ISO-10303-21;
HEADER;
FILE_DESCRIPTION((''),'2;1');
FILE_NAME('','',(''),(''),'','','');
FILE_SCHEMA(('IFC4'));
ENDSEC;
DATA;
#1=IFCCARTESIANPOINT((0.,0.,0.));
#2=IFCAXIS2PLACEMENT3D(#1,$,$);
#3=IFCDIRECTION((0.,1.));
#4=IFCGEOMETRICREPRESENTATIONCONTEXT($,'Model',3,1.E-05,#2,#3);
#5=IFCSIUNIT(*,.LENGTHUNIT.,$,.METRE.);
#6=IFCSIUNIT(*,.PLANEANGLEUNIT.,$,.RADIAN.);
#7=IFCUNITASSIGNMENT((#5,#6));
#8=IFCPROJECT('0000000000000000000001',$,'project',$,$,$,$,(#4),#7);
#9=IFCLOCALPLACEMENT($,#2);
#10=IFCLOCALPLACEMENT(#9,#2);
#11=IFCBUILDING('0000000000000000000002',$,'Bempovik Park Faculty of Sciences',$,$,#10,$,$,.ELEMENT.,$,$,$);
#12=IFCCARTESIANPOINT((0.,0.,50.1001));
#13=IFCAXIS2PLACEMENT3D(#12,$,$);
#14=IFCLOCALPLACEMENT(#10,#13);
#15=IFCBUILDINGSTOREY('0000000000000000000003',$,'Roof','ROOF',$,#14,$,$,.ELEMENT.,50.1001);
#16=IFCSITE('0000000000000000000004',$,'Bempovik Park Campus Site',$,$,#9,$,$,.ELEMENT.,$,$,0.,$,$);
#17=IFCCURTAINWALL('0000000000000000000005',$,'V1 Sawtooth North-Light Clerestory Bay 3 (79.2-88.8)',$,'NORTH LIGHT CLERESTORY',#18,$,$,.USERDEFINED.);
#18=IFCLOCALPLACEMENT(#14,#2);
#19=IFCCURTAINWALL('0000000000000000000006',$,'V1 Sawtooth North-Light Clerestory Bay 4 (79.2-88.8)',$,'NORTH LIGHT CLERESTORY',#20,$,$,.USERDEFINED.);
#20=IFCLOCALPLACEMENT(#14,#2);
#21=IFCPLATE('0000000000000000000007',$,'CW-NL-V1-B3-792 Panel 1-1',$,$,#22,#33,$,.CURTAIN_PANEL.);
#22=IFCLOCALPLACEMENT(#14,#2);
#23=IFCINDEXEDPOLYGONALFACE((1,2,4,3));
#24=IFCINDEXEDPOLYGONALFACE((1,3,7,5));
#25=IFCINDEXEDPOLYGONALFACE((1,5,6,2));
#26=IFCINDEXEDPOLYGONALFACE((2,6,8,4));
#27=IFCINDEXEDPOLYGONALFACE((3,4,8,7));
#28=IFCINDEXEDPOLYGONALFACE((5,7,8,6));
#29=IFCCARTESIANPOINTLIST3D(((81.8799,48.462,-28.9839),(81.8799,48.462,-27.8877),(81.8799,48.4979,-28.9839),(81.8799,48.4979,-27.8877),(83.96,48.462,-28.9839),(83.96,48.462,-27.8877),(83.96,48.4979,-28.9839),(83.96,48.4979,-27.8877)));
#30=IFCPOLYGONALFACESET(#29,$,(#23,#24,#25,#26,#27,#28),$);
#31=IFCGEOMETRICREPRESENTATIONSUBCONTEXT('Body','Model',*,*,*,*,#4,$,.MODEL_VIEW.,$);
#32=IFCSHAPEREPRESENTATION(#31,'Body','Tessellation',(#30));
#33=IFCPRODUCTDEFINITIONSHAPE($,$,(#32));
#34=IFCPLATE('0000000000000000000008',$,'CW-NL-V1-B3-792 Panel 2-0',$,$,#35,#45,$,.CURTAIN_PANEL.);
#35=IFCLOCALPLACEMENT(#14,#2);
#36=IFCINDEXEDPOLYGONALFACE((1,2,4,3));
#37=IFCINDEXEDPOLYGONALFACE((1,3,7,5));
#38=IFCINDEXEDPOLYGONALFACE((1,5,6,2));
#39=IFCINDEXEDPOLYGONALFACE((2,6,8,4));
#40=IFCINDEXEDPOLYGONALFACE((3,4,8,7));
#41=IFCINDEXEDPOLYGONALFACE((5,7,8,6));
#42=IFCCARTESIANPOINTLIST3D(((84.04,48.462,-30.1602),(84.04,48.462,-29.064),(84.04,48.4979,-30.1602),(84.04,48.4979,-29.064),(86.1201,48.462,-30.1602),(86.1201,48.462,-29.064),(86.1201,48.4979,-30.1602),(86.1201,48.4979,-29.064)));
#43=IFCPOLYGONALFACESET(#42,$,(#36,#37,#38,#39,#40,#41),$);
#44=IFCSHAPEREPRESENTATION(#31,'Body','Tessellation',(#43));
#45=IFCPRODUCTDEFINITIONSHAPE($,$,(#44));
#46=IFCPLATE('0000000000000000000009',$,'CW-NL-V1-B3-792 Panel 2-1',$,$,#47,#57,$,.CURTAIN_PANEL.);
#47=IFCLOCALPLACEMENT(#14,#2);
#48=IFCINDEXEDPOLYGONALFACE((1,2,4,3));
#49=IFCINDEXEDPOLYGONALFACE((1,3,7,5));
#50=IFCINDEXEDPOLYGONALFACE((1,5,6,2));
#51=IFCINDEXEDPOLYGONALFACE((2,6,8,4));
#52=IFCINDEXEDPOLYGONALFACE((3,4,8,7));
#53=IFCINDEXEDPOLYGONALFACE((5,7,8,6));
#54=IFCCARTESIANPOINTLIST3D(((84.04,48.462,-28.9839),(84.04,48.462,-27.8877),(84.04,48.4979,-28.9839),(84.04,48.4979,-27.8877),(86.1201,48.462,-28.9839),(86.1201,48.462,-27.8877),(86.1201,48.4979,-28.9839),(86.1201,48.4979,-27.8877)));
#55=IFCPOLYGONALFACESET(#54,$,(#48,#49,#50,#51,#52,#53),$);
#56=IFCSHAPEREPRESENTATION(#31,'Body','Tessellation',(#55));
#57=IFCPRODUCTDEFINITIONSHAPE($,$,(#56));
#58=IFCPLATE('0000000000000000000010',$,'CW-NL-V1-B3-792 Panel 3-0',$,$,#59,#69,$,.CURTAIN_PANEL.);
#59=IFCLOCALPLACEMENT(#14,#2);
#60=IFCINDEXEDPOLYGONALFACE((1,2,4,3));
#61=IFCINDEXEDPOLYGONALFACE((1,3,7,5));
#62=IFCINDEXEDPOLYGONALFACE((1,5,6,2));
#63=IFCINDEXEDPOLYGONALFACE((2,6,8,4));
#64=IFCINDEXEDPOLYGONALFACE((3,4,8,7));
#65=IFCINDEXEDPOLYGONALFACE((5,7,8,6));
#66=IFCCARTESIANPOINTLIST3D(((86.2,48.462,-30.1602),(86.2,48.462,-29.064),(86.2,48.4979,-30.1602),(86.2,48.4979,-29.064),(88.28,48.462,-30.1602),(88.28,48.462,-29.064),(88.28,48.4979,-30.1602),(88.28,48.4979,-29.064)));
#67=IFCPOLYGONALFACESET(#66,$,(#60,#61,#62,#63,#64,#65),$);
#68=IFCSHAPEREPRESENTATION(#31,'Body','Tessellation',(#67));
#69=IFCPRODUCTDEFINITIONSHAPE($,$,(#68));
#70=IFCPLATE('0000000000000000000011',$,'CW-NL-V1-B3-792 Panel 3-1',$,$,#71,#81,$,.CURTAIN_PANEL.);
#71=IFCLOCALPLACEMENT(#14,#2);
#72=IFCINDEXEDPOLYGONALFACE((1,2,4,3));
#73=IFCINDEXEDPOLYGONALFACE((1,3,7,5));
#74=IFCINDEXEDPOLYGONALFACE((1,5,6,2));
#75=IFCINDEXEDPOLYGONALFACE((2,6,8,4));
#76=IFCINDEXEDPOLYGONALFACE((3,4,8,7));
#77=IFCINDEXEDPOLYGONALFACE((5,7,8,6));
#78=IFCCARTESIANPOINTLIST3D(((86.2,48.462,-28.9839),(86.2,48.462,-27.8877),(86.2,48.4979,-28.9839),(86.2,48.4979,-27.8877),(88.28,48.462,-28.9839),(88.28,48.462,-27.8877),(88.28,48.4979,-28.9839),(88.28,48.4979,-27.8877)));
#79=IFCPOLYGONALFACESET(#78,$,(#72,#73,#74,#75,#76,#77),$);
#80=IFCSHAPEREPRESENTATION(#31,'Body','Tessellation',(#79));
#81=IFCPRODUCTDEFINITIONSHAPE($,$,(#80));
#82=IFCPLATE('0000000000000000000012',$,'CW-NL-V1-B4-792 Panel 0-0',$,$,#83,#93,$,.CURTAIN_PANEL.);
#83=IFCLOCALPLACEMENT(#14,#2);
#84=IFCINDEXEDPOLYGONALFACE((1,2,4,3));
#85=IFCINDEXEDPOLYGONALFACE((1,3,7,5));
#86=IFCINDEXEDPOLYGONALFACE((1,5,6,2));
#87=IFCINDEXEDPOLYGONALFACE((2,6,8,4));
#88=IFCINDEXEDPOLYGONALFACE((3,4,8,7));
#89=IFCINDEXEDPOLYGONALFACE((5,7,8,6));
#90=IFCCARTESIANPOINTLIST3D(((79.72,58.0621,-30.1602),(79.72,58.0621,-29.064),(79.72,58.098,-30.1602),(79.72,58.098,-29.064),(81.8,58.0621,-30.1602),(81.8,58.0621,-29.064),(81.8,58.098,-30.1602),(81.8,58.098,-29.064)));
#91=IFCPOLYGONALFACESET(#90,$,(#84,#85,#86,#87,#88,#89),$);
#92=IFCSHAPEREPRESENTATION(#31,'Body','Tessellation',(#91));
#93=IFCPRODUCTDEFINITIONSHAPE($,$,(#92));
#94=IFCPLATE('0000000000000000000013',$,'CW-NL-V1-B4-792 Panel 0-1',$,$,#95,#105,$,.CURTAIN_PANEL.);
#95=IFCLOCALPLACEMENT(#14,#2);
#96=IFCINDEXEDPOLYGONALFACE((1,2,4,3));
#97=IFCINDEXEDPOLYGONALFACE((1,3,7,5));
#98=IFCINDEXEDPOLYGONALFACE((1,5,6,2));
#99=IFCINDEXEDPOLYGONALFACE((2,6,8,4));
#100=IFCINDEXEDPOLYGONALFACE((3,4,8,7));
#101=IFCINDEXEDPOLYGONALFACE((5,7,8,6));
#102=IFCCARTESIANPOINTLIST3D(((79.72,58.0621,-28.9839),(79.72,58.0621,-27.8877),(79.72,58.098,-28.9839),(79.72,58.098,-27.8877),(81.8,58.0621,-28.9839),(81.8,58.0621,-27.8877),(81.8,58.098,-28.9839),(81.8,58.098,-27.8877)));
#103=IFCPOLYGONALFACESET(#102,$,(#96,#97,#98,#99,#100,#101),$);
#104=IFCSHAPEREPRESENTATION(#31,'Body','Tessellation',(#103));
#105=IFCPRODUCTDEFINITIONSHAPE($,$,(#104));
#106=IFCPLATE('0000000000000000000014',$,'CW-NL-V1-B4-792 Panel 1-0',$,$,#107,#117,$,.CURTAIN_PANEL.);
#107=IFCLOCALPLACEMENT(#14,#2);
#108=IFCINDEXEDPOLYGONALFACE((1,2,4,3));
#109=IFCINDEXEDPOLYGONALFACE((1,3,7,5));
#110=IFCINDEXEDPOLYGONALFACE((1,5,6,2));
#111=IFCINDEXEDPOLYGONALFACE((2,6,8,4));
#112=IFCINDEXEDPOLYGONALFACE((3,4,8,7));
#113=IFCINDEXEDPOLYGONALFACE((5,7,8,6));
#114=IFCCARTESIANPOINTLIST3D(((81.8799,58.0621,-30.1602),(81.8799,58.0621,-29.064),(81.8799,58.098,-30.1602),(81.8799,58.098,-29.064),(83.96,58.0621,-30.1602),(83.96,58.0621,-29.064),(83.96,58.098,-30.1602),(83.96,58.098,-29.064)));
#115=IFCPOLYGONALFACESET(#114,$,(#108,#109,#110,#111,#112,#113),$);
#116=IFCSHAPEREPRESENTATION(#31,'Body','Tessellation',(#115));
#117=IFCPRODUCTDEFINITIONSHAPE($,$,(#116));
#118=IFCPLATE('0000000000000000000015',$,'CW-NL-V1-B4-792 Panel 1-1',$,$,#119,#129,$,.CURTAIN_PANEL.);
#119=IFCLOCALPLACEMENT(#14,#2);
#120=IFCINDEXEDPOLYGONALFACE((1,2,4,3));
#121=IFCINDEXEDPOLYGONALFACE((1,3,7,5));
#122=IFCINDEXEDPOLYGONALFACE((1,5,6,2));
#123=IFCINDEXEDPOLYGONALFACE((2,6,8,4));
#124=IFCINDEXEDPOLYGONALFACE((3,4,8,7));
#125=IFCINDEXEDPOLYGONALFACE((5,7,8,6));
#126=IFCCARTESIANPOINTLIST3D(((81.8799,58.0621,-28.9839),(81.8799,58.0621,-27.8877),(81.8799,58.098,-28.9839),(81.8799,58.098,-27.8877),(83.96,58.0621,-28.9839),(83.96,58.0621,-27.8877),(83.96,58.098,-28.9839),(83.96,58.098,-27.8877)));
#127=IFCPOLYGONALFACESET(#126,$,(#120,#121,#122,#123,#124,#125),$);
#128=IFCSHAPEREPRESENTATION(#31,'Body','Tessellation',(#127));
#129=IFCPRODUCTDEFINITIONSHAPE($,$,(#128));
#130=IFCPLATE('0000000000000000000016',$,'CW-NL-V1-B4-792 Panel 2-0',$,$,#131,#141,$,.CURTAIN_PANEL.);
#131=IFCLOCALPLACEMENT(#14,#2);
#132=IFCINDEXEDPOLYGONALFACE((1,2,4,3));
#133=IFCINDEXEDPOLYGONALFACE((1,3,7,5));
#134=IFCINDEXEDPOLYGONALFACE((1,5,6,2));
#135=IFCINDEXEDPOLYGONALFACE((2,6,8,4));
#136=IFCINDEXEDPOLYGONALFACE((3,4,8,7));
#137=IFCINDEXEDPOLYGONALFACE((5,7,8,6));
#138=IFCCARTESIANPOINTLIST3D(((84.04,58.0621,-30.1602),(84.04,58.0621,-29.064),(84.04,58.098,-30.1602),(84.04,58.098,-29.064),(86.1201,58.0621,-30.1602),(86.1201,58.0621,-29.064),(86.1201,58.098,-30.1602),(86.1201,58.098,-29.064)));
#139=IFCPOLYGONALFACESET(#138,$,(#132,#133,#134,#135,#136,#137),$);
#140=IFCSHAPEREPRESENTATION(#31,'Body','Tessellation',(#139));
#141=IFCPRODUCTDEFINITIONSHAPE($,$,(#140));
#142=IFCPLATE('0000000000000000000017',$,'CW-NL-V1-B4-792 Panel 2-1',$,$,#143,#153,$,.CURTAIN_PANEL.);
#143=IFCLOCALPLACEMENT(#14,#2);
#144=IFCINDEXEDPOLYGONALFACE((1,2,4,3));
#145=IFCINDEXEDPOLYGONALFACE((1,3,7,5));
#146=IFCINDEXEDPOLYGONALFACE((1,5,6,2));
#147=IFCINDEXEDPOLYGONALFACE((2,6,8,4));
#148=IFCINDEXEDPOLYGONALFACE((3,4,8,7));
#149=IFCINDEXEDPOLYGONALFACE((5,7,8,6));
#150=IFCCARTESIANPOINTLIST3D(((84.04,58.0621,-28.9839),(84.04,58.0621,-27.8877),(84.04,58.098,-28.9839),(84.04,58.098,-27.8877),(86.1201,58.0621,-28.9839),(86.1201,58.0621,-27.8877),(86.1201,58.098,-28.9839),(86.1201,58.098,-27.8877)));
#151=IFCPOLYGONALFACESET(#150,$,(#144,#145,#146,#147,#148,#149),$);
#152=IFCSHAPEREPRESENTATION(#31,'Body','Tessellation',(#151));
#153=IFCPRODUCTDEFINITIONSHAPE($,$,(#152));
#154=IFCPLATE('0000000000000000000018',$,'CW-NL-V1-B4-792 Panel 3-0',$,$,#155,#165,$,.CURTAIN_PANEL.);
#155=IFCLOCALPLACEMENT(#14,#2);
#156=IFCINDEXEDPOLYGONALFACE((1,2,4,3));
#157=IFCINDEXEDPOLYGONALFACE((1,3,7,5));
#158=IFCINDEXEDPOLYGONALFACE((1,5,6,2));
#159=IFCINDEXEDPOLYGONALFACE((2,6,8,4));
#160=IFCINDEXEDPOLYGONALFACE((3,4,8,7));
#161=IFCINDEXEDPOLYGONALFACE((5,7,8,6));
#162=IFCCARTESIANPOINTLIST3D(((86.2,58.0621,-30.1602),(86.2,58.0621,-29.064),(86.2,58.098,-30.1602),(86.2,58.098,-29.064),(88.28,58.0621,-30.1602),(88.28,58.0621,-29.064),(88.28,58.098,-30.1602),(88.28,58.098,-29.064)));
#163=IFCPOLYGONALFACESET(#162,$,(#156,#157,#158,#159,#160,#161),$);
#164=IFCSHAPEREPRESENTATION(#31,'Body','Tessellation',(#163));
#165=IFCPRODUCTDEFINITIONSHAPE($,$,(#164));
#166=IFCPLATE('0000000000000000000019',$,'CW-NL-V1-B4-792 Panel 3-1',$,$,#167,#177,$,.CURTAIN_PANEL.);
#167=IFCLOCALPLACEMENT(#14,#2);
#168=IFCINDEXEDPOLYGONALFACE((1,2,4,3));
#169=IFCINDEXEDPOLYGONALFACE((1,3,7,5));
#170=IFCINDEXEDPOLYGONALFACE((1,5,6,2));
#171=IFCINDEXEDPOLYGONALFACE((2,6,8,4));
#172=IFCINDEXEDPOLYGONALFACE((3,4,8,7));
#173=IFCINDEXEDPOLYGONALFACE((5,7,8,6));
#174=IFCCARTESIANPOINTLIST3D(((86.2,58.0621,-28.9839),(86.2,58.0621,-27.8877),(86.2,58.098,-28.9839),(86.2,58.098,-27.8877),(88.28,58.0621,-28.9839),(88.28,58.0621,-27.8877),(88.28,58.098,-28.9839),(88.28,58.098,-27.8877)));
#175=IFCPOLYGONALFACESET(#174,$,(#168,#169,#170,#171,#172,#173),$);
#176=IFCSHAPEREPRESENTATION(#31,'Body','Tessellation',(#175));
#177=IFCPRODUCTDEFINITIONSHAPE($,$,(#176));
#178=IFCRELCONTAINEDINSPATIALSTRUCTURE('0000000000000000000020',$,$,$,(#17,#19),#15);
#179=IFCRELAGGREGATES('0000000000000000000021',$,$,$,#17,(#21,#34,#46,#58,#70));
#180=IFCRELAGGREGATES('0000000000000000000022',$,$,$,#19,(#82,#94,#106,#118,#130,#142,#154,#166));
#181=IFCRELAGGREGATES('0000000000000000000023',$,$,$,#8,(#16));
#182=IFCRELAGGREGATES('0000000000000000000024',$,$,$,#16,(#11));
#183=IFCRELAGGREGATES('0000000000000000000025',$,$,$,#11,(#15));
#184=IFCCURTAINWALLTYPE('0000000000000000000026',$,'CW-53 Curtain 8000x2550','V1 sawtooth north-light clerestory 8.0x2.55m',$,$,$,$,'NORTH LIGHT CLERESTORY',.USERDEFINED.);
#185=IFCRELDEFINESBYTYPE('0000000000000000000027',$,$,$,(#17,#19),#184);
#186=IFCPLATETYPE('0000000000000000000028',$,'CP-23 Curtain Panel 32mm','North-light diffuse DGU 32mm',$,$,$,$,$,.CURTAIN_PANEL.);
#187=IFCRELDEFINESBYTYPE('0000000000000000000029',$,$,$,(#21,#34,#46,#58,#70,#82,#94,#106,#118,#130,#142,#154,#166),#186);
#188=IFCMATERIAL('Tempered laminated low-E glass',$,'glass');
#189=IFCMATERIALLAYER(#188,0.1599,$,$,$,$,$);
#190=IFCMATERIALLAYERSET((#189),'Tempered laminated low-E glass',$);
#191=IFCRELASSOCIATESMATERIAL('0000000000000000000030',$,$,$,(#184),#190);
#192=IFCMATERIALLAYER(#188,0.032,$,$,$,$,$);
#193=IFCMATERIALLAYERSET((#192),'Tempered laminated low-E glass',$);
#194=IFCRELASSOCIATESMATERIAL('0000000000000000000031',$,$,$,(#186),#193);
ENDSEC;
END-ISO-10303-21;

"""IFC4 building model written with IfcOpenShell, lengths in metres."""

from ifc_helpers import new_model, si_unit, direction, frame, origin, origin_2d, place, context, subcontext, project, spatial, rectangle, extrude, material, layer, layer_set, type_object, element, aggregate, save


model = new_model("IFC4")

# Units and contexts
model_context = context("Model", 3, precision=1e-05, world=origin(), true_north=direction((0.0, 1.0)))
body_context = subcontext(model_context, "Body", "Model", "MODEL_VIEW")
ifc_project = project(units=[si_unit("LENGTHUNIT", "METRE"), si_unit("PLANEANGLEUNIT", "RADIAN")], contexts=[model_context])

# Site, building, storey
site_placement = place(None, origin())
site = spatial("IfcSite", under=ifc_project, at=site_placement, Name="Bempovik Park Campus Site", CompositionType="ELEMENT", RefElevation=0.0)
building_placement = place(site_placement, origin())
building = spatial("IfcBuilding", under=site, at=building_placement, Name="Bempovik Park Faculty of Sciences", CompositionType="ELEMENT")
storey_placement = place(building_placement, frame((0.0, 0.0, 50.1001)))
storey = spatial("IfcBuildingStorey", under=building, at=storey_placement, Name="Roof", Description="ROOF", CompositionType="ELEMENT", Elevation=50.1001)

# Curtain walls
ifc_material_1 = material(Name="Tempered laminated low-E glass", Category="glass")
ifc_layer_1 = layer(ifc_material_1, 0.1599)
ifc_layer_set_1 = layer_set([ifc_layer_1], Name="Tempered laminated low-E glass")
curtain_wall_type = type_object("IfcCurtainWallType", Name="CW-53 Curtain 8000x2550", Description="V1 sawtooth north-light clerestory 8.0x2.55m", ElementType="NORTH LIGHT CLERESTORY", PredefinedType="USERDEFINED", material=ifc_layer_set_1)
curtain_wall_1_placement = place(storey_placement, origin())
curtain_wall_1 = element("IfcCurtainWall", 1, at=curtain_wall_1_placement, inside=storey, type_object=curtain_wall_type, Name="V1 Sawtooth North-Light Clerestory Bay 3 (79.2-88.8)", ObjectType="NORTH LIGHT CLERESTORY", PredefinedType="USERDEFINED")
curtain_wall_2_placement = place(storey_placement, origin())
curtain_wall_2 = element("IfcCurtainWall", 2, at=curtain_wall_2_placement, inside=storey, type_object=curtain_wall_type, Name="V1 Sawtooth North-Light Clerestory Bay 4 (79.2-88.8)", ObjectType="NORTH LIGHT CLERESTORY", PredefinedType="USERDEFINED")

# Plates
ifc_layer_2 = layer(ifc_material_1, 0.032)
ifc_layer_set_2 = layer_set([ifc_layer_2], Name="Tempered laminated low-E glass")
plate_type = type_object("IfcPlateType", Name="CP-23 Curtain Panel 32mm", Description="North-light diffuse DGU 32mm", PredefinedType="CURTAIN_PANEL", material=ifc_layer_set_2)
plate_1_placement = place(storey_placement, frame((82.9199, 48.48, -28.9839), z_axis=(0.0, 0.0, 1.0), x_axis=(1.0, 0.0, 0.0)))
plate_1 = element("IfcPlate", 3, at=plate_1_placement, type_object=plate_type, Name="CW-NL-V1-B3-792 Panel 1-1", PredefinedType="CURTAIN_PANEL", context=body_context, shape_type="SweptSolid", body=[
    extrude(rectangle(XDim=2.0801, YDim=0.0359, at=origin_2d()), origin(), (0.0, 0.0, 1.0), 1.0962),
])
plate_2_placement = place(storey_placement, frame((85.0801, 48.48, -30.1602), z_axis=(0.0, 0.0, 1.0), x_axis=(1.0, 0.0, 0.0)))
plate_2 = element("IfcPlate", 4, at=plate_2_placement, type_object=plate_type, Name="CW-NL-V1-B3-792 Panel 2-0", PredefinedType="CURTAIN_PANEL", context=body_context, shape_type="SweptSolid", body=[
    extrude(rectangle(XDim=2.0801, YDim=0.0359, at=origin_2d()), origin(), (0.0, 0.0, 1.0), 1.0962),
])
plate_3_placement = place(storey_placement, frame((85.0801, 48.48, -28.9839), z_axis=(0.0, 0.0, 1.0), x_axis=(1.0, 0.0, 0.0)))
plate_3 = element("IfcPlate", 5, at=plate_3_placement, type_object=plate_type, Name="CW-NL-V1-B3-792 Panel 2-1", PredefinedType="CURTAIN_PANEL", context=body_context, shape_type="SweptSolid", body=[
    extrude(rectangle(XDim=2.0801, YDim=0.0359, at=origin_2d()), origin(), (0.0, 0.0, 1.0), 1.0962),
])
plate_4_placement = place(storey_placement, frame((87.24, 48.48, -30.1602), z_axis=(0.0, 0.0, 1.0), x_axis=(1.0, 0.0, 0.0)))
plate_4 = element("IfcPlate", 6, at=plate_4_placement, type_object=plate_type, Name="CW-NL-V1-B3-792 Panel 3-0", PredefinedType="CURTAIN_PANEL", context=body_context, shape_type="SweptSolid", body=[
    extrude(rectangle(XDim=2.0801, YDim=0.0359, at=origin_2d()), origin(), (0.0, 0.0, 1.0), 1.0962),
])
plate_5_placement = place(storey_placement, frame((87.24, 48.48, -28.9839), z_axis=(0.0, 0.0, 1.0), x_axis=(1.0, 0.0, 0.0)))
plate_5 = element("IfcPlate", 7, at=plate_5_placement, type_object=plate_type, Name="CW-NL-V1-B3-792 Panel 3-1", PredefinedType="CURTAIN_PANEL", context=body_context, shape_type="SweptSolid", body=[
    extrude(rectangle(XDim=2.0801, YDim=0.0359, at=origin_2d()), origin(), (0.0, 0.0, 1.0), 1.0962),
])
aggregate(curtain_wall_1, [plate_1, plate_2, plate_3, plate_4, plate_5])
plate_6_placement = place(storey_placement, frame((80.76, 58.0801, -30.1602), z_axis=(0.0, 0.0, 1.0), x_axis=(1.0, 0.0, 0.0)))
plate_6 = element("IfcPlate", 8, at=plate_6_placement, type_object=plate_type, Name="CW-NL-V1-B4-792 Panel 0-0", PredefinedType="CURTAIN_PANEL", context=body_context, shape_type="SweptSolid", body=[
    extrude(rectangle(XDim=2.0801, YDim=0.0359, at=origin_2d()), origin(), (0.0, 0.0, 1.0), 1.0962),
])
plate_7_placement = place(storey_placement, frame((80.76, 58.0801, -28.9839), z_axis=(0.0, 0.0, 1.0), x_axis=(1.0, 0.0, 0.0)))
plate_7 = element("IfcPlate", 9, at=plate_7_placement, type_object=plate_type, Name="CW-NL-V1-B4-792 Panel 0-1", PredefinedType="CURTAIN_PANEL", context=body_context, shape_type="SweptSolid", body=[
    extrude(rectangle(XDim=2.0801, YDim=0.0359, at=origin_2d()), origin(), (0.0, 0.0, 1.0), 1.0962),
])
plate_8_placement = place(storey_placement, frame((82.9199, 58.0801, -30.1602), z_axis=(0.0, 0.0, 1.0), x_axis=(1.0, 0.0, 0.0)))
plate_8 = element("IfcPlate", 10, at=plate_8_placement, type_object=plate_type, Name="CW-NL-V1-B4-792 Panel 1-0", PredefinedType="CURTAIN_PANEL", context=body_context, shape_type="SweptSolid", body=[
    extrude(rectangle(XDim=2.0801, YDim=0.0359, at=origin_2d()), origin(), (0.0, 0.0, 1.0), 1.0962),
])
plate_9_placement = place(storey_placement, frame((82.9199, 58.0801, -28.9839), z_axis=(0.0, 0.0, 1.0), x_axis=(1.0, 0.0, 0.0)))
plate_9 = element("IfcPlate", 11, at=plate_9_placement, type_object=plate_type, Name="CW-NL-V1-B4-792 Panel 1-1", PredefinedType="CURTAIN_PANEL", context=body_context, shape_type="SweptSolid", body=[
    extrude(rectangle(XDim=2.0801, YDim=0.0359, at=origin_2d()), origin(), (0.0, 0.0, 1.0), 1.0962),
])
plate_10_placement = place(storey_placement, frame((85.0801, 58.0801, -30.1602), z_axis=(0.0, 0.0, 1.0), x_axis=(1.0, 0.0, 0.0)))
plate_10 = element("IfcPlate", 12, at=plate_10_placement, type_object=plate_type, Name="CW-NL-V1-B4-792 Panel 2-0", PredefinedType="CURTAIN_PANEL", context=body_context, shape_type="SweptSolid", body=[
    extrude(rectangle(XDim=2.0801, YDim=0.0359, at=origin_2d()), origin(), (0.0, 0.0, 1.0), 1.0962),
])
plate_11_placement = place(storey_placement, frame((85.0801, 58.0801, -28.9839), z_axis=(0.0, 0.0, 1.0), x_axis=(1.0, 0.0, 0.0)))
plate_11 = element("IfcPlate", 13, at=plate_11_placement, type_object=plate_type, Name="CW-NL-V1-B4-792 Panel 2-1", PredefinedType="CURTAIN_PANEL", context=body_context, shape_type="SweptSolid", body=[
    extrude(rectangle(XDim=2.0801, YDim=0.0359, at=origin_2d()), origin(), (0.0, 0.0, 1.0), 1.0962),
])
plate_12_placement = place(storey_placement, frame((87.24, 58.0801, -30.1602), z_axis=(0.0, 0.0, 1.0), x_axis=(1.0, 0.0, 0.0)))
plate_12 = element("IfcPlate", 14, at=plate_12_placement, type_object=plate_type, Name="CW-NL-V1-B4-792 Panel 3-0", PredefinedType="CURTAIN_PANEL", context=body_context, shape_type="SweptSolid", body=[
    extrude(rectangle(XDim=2.0801, YDim=0.0359, at=origin_2d()), origin(), (0.0, 0.0, 1.0), 1.0962),
])
plate_13_placement = place(storey_placement, frame((87.24, 58.0801, -28.9839), z_axis=(0.0, 0.0, 1.0), x_axis=(1.0, 0.0, 0.0)))
plate_13 = element("IfcPlate", 15, at=plate_13_placement, type_object=plate_type, Name="CW-NL-V1-B4-792 Panel 3-1", PredefinedType="CURTAIN_PANEL", context=body_context, shape_type="SweptSolid", body=[
    extrude(rectangle(XDim=2.0801, YDim=0.0359, at=origin_2d()), origin(), (0.0, 0.0, 1.0), 1.0962),
])
aggregate(curtain_wall_2, [plate_6, plate_7, plate_8, plate_9, plate_10, plate_11, plate_12, plate_13])

save(model, "model.ifc")
